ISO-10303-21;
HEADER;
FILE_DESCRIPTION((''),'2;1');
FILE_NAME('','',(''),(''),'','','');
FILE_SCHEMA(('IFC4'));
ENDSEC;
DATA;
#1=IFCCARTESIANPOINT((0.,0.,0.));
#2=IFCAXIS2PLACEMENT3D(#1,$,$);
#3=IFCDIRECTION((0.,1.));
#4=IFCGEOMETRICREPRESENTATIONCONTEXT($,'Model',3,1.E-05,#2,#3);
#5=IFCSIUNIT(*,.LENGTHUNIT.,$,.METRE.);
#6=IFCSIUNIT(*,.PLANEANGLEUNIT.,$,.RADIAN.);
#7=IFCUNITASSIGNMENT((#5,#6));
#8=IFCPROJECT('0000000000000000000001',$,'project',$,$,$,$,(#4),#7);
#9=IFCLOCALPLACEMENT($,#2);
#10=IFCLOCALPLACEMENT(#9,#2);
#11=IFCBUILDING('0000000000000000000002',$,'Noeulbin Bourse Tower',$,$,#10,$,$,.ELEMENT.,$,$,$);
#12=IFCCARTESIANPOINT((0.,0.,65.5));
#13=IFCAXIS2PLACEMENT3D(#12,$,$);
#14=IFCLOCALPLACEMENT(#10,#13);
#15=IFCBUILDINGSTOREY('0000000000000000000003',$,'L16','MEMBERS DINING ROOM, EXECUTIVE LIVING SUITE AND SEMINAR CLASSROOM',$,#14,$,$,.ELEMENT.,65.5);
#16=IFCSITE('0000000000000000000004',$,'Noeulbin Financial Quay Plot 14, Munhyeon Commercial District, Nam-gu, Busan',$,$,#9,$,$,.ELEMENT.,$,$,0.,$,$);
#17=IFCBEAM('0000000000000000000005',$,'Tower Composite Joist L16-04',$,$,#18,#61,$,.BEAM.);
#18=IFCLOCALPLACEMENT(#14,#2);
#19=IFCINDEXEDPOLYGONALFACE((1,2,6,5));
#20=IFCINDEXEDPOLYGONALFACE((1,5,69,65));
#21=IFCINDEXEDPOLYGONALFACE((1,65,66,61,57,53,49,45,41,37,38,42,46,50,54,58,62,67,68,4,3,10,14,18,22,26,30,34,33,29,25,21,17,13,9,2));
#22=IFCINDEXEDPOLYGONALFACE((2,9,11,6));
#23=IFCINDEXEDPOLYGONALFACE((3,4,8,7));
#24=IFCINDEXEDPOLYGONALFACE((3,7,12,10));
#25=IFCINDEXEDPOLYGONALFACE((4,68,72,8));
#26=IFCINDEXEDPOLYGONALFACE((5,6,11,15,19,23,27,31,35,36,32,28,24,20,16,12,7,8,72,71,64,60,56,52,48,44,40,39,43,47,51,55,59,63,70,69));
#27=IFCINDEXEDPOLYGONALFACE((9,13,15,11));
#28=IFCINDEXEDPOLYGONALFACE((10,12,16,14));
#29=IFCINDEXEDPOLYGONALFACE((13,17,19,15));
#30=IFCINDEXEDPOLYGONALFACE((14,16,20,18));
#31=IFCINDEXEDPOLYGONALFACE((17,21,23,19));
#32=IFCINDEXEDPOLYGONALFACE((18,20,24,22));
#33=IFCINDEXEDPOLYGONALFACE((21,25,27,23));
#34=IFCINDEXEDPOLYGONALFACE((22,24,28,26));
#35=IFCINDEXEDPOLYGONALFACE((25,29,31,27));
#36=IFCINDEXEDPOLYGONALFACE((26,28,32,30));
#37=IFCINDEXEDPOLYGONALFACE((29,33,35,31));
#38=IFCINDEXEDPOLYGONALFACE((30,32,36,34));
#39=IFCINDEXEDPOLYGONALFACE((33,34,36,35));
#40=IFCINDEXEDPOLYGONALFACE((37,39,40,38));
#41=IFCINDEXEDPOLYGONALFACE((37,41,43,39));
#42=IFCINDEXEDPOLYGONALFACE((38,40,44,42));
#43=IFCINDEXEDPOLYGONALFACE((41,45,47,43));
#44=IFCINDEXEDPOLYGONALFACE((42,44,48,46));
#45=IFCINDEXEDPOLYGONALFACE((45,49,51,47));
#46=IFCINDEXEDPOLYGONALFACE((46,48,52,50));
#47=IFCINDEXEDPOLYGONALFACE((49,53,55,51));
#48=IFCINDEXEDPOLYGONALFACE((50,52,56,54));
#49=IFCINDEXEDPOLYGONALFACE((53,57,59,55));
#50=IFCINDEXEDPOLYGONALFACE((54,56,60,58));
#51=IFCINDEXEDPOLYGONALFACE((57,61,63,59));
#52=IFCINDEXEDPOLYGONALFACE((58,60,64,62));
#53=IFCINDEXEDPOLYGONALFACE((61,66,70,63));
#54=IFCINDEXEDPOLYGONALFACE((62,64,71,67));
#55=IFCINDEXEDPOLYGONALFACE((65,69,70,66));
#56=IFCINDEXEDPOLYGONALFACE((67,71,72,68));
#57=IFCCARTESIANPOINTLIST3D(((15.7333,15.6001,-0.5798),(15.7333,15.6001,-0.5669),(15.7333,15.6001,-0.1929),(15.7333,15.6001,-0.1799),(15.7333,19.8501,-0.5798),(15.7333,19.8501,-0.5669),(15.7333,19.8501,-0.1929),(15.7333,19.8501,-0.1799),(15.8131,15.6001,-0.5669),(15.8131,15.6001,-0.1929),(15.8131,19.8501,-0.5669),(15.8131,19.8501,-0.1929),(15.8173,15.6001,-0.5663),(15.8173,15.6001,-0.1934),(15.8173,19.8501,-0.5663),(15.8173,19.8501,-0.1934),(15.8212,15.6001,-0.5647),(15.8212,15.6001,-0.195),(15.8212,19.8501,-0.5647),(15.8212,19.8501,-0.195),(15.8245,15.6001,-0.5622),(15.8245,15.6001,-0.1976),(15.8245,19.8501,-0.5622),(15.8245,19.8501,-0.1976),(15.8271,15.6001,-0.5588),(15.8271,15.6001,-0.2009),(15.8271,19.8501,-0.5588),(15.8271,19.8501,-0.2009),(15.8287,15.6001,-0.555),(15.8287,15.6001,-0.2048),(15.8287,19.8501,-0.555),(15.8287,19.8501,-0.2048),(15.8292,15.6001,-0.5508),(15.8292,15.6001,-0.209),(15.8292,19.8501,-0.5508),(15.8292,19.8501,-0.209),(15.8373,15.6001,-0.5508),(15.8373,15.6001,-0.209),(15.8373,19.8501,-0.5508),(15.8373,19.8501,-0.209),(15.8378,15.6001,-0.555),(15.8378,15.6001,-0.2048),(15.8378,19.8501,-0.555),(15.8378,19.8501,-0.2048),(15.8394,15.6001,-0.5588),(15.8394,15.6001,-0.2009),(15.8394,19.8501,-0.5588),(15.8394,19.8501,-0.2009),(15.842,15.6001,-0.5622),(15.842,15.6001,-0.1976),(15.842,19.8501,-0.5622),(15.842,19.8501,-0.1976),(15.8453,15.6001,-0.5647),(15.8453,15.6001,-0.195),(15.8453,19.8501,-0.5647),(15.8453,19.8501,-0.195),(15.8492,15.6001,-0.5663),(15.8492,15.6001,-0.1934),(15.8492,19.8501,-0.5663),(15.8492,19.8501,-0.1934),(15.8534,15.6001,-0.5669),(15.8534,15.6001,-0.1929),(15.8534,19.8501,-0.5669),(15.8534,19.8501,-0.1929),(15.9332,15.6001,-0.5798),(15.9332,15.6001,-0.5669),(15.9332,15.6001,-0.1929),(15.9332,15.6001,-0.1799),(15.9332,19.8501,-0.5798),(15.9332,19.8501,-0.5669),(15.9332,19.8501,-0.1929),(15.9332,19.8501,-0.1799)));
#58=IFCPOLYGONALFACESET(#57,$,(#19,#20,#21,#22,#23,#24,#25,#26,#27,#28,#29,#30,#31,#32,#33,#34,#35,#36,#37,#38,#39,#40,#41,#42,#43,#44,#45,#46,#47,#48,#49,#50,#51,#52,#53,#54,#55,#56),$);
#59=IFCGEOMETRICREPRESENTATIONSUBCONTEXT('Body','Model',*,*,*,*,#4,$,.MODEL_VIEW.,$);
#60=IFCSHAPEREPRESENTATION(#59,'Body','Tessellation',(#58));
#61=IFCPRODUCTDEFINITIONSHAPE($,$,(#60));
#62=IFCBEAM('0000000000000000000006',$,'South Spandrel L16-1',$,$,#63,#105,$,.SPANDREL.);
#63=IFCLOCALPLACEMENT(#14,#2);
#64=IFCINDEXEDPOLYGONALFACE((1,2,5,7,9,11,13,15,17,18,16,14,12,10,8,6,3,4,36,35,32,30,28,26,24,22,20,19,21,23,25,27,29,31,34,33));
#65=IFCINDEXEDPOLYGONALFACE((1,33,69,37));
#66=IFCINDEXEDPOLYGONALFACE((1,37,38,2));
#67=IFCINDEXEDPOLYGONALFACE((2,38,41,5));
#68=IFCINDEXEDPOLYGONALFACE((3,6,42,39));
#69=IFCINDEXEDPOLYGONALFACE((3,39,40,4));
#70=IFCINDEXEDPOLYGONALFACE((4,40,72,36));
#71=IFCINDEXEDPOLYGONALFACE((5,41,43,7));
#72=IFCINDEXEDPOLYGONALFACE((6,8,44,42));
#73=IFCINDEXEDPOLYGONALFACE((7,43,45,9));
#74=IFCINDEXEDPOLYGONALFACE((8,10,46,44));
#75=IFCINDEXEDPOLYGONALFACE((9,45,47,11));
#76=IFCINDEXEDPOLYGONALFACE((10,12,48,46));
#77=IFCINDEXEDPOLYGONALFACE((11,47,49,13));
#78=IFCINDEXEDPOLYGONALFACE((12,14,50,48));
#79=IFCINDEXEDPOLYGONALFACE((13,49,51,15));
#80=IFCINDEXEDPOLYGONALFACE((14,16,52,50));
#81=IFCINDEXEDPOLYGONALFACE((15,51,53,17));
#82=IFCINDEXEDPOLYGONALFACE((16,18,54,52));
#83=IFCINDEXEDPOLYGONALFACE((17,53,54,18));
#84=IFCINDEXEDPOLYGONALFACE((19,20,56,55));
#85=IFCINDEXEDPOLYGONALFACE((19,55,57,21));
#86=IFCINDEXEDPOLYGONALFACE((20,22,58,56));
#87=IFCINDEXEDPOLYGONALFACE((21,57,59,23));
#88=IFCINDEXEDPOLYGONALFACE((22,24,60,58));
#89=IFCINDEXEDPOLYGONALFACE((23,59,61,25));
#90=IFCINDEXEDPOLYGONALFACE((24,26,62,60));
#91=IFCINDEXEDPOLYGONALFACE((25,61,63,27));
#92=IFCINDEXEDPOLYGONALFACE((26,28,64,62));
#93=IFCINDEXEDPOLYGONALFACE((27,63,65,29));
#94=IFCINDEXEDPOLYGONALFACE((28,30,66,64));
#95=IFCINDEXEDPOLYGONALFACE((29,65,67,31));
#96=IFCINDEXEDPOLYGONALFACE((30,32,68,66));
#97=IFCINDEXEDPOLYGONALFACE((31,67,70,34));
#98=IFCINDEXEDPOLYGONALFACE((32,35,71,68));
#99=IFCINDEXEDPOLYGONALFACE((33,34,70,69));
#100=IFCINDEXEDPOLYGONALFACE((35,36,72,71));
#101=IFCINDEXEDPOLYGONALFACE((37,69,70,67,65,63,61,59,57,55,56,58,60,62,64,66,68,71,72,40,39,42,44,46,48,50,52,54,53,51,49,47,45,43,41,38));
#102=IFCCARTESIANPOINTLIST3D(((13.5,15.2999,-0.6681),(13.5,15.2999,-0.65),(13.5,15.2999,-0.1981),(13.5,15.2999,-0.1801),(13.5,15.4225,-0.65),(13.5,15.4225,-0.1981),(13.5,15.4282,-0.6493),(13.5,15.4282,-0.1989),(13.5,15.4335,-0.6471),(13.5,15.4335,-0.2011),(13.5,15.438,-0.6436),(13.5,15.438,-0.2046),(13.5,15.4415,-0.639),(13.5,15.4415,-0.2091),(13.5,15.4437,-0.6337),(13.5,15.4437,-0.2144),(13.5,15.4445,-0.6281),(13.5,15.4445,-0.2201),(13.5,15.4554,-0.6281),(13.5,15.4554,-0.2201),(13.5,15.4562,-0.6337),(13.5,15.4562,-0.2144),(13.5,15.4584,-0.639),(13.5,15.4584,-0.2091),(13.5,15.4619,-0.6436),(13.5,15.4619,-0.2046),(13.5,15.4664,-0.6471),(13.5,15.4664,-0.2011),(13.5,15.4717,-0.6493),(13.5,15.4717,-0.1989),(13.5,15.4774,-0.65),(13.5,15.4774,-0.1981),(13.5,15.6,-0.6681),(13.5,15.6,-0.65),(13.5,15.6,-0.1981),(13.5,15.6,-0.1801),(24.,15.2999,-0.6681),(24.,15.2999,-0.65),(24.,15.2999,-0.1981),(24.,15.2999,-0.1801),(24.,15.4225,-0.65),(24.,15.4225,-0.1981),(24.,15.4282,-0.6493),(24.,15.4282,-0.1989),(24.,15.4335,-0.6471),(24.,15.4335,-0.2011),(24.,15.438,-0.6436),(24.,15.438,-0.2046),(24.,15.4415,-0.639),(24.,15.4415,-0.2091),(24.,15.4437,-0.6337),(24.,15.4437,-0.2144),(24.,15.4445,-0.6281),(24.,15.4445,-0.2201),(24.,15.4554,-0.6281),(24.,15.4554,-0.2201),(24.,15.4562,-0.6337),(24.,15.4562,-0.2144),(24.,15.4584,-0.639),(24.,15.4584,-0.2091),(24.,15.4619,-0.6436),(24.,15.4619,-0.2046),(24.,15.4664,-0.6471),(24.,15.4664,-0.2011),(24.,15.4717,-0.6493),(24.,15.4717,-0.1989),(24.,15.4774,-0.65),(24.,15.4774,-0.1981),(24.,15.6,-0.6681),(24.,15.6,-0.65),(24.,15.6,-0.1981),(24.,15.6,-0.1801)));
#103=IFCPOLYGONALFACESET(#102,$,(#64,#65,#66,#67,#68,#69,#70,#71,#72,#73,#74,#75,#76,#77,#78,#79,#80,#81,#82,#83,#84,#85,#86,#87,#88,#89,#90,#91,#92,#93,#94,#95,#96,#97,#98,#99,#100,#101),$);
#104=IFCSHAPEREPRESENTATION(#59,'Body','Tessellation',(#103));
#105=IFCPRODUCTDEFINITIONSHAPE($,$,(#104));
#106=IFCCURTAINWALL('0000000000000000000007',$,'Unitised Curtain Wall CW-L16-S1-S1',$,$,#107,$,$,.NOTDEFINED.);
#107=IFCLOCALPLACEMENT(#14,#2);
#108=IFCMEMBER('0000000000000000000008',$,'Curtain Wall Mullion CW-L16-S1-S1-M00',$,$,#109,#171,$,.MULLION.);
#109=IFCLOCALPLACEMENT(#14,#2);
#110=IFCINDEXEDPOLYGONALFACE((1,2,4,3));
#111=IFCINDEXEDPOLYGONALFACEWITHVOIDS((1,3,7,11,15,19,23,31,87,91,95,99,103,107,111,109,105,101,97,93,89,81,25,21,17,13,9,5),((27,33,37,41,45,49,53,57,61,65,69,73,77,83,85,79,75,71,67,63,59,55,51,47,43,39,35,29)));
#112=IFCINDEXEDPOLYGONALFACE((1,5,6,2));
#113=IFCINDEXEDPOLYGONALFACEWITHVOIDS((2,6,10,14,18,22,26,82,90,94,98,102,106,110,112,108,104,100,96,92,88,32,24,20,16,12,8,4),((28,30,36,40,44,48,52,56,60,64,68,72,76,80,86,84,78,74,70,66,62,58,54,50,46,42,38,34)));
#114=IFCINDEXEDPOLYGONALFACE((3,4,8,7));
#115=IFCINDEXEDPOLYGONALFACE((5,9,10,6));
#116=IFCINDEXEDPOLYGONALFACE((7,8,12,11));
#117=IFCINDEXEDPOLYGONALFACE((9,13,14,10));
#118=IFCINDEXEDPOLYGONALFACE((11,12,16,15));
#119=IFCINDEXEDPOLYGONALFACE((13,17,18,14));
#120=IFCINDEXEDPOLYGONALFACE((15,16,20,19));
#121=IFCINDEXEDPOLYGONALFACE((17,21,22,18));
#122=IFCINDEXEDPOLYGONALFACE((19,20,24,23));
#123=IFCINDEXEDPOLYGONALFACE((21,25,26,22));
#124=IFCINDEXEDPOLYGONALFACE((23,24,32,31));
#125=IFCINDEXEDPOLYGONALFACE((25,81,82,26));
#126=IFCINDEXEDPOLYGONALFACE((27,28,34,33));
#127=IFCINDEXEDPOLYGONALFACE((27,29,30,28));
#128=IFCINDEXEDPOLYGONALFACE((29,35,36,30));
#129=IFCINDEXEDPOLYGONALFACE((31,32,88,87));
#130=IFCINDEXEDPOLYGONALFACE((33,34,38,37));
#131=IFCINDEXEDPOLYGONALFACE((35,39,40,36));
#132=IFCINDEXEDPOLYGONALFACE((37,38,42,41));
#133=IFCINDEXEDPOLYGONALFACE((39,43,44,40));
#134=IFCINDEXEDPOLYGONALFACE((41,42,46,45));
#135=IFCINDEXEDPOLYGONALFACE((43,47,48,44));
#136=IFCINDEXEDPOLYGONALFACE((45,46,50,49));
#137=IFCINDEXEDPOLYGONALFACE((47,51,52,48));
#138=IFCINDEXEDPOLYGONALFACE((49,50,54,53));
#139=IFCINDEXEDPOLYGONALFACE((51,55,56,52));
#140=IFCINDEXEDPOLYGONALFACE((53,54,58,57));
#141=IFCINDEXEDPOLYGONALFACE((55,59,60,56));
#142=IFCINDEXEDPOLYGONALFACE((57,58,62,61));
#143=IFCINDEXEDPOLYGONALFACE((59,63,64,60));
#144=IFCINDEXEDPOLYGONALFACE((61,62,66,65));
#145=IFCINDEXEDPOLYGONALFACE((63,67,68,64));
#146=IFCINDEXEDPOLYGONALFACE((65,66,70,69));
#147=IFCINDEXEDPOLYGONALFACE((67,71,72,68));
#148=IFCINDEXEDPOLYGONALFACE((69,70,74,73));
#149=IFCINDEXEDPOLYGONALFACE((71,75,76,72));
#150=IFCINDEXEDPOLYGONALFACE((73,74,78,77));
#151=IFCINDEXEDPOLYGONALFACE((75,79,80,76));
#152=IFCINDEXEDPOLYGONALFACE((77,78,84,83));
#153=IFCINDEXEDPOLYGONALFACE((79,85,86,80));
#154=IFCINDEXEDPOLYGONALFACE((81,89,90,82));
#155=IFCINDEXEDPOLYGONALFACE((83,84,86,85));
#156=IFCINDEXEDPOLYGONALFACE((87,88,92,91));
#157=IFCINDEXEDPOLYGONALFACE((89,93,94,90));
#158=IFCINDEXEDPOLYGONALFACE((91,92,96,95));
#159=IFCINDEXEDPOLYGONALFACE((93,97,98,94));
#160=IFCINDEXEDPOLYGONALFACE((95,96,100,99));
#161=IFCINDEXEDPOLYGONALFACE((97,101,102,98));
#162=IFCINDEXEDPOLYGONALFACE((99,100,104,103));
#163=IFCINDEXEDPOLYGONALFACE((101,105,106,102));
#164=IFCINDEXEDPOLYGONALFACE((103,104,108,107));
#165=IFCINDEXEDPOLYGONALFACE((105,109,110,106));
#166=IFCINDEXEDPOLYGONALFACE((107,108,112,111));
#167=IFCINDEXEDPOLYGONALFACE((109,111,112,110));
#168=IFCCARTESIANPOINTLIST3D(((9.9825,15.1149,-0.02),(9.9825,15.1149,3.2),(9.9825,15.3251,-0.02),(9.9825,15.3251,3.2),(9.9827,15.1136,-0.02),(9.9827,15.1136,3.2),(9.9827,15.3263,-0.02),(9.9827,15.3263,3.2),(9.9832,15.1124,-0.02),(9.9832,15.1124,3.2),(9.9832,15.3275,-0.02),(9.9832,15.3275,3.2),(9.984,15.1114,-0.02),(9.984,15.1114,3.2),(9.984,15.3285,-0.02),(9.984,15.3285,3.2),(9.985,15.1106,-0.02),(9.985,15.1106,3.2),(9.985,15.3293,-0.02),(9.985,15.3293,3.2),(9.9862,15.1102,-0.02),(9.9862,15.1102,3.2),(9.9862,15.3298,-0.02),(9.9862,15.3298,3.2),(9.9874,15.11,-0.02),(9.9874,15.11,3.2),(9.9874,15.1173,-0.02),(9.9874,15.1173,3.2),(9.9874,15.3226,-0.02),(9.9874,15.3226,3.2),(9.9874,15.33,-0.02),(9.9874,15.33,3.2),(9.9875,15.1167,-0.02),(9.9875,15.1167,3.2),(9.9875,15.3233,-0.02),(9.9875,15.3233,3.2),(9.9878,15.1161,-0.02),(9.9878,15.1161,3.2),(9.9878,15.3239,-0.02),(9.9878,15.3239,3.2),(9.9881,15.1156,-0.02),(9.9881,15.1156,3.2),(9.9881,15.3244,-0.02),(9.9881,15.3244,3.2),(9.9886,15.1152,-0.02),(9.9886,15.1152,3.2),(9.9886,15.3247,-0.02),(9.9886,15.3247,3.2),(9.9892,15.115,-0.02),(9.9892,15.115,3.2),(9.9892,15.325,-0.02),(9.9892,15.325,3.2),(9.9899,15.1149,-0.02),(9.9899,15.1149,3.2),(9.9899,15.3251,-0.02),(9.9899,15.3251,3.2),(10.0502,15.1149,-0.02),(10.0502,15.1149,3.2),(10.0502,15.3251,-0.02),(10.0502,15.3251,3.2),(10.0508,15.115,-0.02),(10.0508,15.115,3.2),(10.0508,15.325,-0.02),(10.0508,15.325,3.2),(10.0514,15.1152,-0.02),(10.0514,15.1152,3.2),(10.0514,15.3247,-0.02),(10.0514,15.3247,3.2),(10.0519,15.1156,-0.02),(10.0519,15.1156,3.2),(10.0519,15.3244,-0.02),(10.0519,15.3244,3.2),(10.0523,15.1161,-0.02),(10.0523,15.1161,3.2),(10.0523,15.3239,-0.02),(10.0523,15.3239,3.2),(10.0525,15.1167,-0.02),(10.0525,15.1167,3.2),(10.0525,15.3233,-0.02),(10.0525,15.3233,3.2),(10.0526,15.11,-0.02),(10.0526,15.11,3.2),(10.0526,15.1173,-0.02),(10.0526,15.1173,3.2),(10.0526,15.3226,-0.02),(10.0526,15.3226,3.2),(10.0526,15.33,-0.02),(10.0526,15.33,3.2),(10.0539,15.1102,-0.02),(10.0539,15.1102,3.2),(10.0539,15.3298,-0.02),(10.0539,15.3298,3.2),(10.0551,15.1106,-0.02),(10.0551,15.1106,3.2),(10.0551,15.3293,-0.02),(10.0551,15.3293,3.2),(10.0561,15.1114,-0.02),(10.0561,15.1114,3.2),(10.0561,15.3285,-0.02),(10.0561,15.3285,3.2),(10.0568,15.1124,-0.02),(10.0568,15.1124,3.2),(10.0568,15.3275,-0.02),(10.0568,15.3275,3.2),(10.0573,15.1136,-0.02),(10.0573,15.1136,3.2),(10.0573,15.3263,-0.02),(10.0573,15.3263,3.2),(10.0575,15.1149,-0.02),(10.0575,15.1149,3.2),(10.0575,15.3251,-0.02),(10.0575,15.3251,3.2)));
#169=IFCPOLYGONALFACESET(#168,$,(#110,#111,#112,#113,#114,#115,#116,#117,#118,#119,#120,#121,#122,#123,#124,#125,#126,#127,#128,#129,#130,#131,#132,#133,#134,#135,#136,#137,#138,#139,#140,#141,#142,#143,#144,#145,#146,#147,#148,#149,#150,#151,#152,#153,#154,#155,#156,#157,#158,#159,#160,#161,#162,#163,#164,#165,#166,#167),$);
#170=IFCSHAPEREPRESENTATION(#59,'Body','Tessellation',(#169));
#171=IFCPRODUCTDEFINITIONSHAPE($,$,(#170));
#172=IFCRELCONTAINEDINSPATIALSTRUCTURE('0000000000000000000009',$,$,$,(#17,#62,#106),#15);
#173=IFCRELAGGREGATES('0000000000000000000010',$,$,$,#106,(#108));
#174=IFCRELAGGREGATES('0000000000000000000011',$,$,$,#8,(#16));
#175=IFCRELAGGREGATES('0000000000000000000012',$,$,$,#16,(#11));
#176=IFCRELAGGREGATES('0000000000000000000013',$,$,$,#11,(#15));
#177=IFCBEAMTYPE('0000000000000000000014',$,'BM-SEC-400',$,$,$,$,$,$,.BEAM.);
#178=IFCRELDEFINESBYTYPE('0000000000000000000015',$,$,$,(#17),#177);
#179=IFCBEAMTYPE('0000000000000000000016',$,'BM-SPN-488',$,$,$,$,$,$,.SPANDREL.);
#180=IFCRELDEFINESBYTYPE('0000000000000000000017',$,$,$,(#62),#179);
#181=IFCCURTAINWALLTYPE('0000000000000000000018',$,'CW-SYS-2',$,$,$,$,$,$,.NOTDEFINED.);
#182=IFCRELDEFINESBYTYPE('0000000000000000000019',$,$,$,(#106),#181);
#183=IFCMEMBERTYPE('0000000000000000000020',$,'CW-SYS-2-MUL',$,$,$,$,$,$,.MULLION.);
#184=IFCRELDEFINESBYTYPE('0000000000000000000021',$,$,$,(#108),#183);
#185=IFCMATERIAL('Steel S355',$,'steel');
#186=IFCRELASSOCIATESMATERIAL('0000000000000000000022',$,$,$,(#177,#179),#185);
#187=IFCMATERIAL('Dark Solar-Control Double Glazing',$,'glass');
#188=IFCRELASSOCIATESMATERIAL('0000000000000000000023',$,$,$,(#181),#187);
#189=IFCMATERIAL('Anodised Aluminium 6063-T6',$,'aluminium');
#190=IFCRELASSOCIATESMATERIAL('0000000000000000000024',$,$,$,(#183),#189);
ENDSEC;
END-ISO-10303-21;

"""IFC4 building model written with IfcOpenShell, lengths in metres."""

from ifc_helpers import new_model, si_unit, direction, frame, origin, origin_2d, place, context, subcontext, project, spatial, hollow_rectangle, i_section, extrude, material, material_profile, profile_set, type_object, element, aggregate, save


model = new_model("IFC4")

# Units and contexts
model_context = context("Model", 3, precision=1e-05, world=origin(), true_north=direction((0.0, 1.0)))
body_context = subcontext(model_context, "Body", "Model", "MODEL_VIEW")
ifc_project = project(units=[si_unit("LENGTHUNIT", "METRE"), si_unit("PLANEANGLEUNIT", "RADIAN")], contexts=[model_context])

# Site, building, storey
site_placement = place(None, origin())
site = spatial("IfcSite", under=ifc_project, at=site_placement, Name="Noeulbin Financial Quay Plot 14, Munhyeon Commercial District, Nam-gu, Busan", CompositionType="ELEMENT", RefElevation=0.0)
building_placement = place(site_placement, origin())
building = spatial("IfcBuilding", under=site, at=building_placement, Name="Noeulbin Bourse Tower", CompositionType="ELEMENT")
storey_placement = place(building_placement, frame((0.0, 0.0, 65.5)))
storey = spatial("IfcBuildingStorey", under=building, at=storey_placement, Name="L16", Description="MEMBERS DINING ROOM, EXECUTIVE LIVING SUITE AND SEMINAR CLASSROOM", CompositionType="ELEMENT", Elevation=65.5)

# Beams
ifc_material_1 = material(Name="Steel S355", Category="steel")
ifc_material_profile_1 = material_profile(ifc_material_1, i_section(OverallWidth=0.2, OverallDepth=0.3999, WebThickness=0.0081, FlangeThickness=0.0129, FilletRadius=0.0161, at=origin_2d()), Name="H-400x200x8x13", Category="LoadBearing")
ifc_profile_set_1 = profile_set([ifc_material_profile_1], Name="Steel S355")
beam_type_1 = type_object("IfcBeamType", Name="BM-SEC-400", PredefinedType="BEAM", material=ifc_profile_set_1)
for number, where, z_axis, x_axis, name in (
    (1, (15.8333, 15.6001, -0.3799), (0.0, 1.0, 0.0), (-1.0, 0.0, 0.0), "Tower Composite Joist L16-04"),
):
    element("IfcBeam", number, at=place(storey_placement, frame(where, z_axis=z_axis, x_axis=x_axis)), inside=storey, type_object=beam_type_1, Name=name, PredefinedType="BEAM", context=body_context, shape_type="SweptSolid", body=[
        extrude(i_section(OverallWidth=0.2, OverallDepth=0.3999, WebThickness=0.0081, FlangeThickness=0.0129, FilletRadius=0.0161, at=origin_2d()), origin(), (0.0, 0.0, 1.0), 4.25),
    ])
ifc_material_profile_2 = material_profile(ifc_material_1, i_section(OverallWidth=0.3, OverallDepth=0.488, WebThickness=0.011, FlangeThickness=0.0181, FilletRadius=0.022, at=origin_2d()), Name="H-488x300x11x18", Category="LoadBearing")
ifc_profile_set_2 = profile_set([ifc_material_profile_2], Name="Steel S355")
beam_type_2 = type_object("IfcBeamType", Name="BM-SPN-488", PredefinedType="SPANDREL", material=ifc_profile_set_2)
beam_1_placement = place(storey_placement, frame((13.5, 15.45, -0.4241), z_axis=(1.0, 0.0, 0.0), x_axis=(0.0, 1.0, 0.0)))
element("IfcBeam", 2, at=beam_1_placement, inside=storey, type_object=beam_type_2, Name="South Spandrel L16-1", PredefinedType="SPANDREL", context=body_context, shape_type="SweptSolid", body=[
    extrude(i_section(OverallWidth=0.3, OverallDepth=0.488, WebThickness=0.011, FlangeThickness=0.0181, FilletRadius=0.022, at=origin_2d()), origin(), (0.0, 0.0, 1.0), 10.5),
])

# Curtain wall, member
ifc_material_2 = material(Name="Dark Solar-Control Double Glazing", Category="glass")
curtain_wall_type = type_object("IfcCurtainWallType", Name="CW-SYS-2", PredefinedType="NOTDEFINED", material=ifc_material_2)
curtain_wall_1_placement = place(storey_placement, origin())
curtain_wall_1 = element("IfcCurtainWall", 3, at=curtain_wall_1_placement, inside=storey, type_object=curtain_wall_type, Name="Unitised Curtain Wall CW-L16-S1-S1", PredefinedType="NOTDEFINED")
ifc_material_3 = material(Name="Anodised Aluminium 6063-T6", Category="aluminium")
ifc_material_profile_3 = material_profile(ifc_material_3, hollow_rectangle(XDim=0.075, YDim=0.22, WallThickness=0.0049, InnerFilletRadius=0.0024, OuterFilletRadius=0.0049, at=origin_2d()), Name="ALU-MULL-75x220x5", Category="LoadBearing")
ifc_profile_set_3 = profile_set([ifc_material_profile_3], Name="Anodised Aluminium 6063-T6")
member_type_1 = type_object("IfcMemberType", Name="CW-SYS-2-MUL", PredefinedType="MULLION", material=ifc_profile_set_3)
member_1_placement = place(storey_placement, frame((10.02, 15.22, -0.02), z_axis=(0.0, 0.0, 1.0), x_axis=(1.0, 0.0, 0.0)))
member_1 = element("IfcMember", 4, at=member_1_placement, type_object=member_type_1, Name="Curtain Wall Mullion CW-L16-S1-S1-M00", PredefinedType="MULLION", context=body_context, shape_type="SweptSolid", body=[
    extrude(hollow_rectangle(XDim=0.075, YDim=0.22, WallThickness=0.0049, InnerFilletRadius=0.0024, OuterFilletRadius=0.0049, at=origin_2d()), origin(), (0.0, 0.0, 1.0), 3.22),
])

aggregate(curtain_wall_1, [member_1])

save(model, "model.ifc")
